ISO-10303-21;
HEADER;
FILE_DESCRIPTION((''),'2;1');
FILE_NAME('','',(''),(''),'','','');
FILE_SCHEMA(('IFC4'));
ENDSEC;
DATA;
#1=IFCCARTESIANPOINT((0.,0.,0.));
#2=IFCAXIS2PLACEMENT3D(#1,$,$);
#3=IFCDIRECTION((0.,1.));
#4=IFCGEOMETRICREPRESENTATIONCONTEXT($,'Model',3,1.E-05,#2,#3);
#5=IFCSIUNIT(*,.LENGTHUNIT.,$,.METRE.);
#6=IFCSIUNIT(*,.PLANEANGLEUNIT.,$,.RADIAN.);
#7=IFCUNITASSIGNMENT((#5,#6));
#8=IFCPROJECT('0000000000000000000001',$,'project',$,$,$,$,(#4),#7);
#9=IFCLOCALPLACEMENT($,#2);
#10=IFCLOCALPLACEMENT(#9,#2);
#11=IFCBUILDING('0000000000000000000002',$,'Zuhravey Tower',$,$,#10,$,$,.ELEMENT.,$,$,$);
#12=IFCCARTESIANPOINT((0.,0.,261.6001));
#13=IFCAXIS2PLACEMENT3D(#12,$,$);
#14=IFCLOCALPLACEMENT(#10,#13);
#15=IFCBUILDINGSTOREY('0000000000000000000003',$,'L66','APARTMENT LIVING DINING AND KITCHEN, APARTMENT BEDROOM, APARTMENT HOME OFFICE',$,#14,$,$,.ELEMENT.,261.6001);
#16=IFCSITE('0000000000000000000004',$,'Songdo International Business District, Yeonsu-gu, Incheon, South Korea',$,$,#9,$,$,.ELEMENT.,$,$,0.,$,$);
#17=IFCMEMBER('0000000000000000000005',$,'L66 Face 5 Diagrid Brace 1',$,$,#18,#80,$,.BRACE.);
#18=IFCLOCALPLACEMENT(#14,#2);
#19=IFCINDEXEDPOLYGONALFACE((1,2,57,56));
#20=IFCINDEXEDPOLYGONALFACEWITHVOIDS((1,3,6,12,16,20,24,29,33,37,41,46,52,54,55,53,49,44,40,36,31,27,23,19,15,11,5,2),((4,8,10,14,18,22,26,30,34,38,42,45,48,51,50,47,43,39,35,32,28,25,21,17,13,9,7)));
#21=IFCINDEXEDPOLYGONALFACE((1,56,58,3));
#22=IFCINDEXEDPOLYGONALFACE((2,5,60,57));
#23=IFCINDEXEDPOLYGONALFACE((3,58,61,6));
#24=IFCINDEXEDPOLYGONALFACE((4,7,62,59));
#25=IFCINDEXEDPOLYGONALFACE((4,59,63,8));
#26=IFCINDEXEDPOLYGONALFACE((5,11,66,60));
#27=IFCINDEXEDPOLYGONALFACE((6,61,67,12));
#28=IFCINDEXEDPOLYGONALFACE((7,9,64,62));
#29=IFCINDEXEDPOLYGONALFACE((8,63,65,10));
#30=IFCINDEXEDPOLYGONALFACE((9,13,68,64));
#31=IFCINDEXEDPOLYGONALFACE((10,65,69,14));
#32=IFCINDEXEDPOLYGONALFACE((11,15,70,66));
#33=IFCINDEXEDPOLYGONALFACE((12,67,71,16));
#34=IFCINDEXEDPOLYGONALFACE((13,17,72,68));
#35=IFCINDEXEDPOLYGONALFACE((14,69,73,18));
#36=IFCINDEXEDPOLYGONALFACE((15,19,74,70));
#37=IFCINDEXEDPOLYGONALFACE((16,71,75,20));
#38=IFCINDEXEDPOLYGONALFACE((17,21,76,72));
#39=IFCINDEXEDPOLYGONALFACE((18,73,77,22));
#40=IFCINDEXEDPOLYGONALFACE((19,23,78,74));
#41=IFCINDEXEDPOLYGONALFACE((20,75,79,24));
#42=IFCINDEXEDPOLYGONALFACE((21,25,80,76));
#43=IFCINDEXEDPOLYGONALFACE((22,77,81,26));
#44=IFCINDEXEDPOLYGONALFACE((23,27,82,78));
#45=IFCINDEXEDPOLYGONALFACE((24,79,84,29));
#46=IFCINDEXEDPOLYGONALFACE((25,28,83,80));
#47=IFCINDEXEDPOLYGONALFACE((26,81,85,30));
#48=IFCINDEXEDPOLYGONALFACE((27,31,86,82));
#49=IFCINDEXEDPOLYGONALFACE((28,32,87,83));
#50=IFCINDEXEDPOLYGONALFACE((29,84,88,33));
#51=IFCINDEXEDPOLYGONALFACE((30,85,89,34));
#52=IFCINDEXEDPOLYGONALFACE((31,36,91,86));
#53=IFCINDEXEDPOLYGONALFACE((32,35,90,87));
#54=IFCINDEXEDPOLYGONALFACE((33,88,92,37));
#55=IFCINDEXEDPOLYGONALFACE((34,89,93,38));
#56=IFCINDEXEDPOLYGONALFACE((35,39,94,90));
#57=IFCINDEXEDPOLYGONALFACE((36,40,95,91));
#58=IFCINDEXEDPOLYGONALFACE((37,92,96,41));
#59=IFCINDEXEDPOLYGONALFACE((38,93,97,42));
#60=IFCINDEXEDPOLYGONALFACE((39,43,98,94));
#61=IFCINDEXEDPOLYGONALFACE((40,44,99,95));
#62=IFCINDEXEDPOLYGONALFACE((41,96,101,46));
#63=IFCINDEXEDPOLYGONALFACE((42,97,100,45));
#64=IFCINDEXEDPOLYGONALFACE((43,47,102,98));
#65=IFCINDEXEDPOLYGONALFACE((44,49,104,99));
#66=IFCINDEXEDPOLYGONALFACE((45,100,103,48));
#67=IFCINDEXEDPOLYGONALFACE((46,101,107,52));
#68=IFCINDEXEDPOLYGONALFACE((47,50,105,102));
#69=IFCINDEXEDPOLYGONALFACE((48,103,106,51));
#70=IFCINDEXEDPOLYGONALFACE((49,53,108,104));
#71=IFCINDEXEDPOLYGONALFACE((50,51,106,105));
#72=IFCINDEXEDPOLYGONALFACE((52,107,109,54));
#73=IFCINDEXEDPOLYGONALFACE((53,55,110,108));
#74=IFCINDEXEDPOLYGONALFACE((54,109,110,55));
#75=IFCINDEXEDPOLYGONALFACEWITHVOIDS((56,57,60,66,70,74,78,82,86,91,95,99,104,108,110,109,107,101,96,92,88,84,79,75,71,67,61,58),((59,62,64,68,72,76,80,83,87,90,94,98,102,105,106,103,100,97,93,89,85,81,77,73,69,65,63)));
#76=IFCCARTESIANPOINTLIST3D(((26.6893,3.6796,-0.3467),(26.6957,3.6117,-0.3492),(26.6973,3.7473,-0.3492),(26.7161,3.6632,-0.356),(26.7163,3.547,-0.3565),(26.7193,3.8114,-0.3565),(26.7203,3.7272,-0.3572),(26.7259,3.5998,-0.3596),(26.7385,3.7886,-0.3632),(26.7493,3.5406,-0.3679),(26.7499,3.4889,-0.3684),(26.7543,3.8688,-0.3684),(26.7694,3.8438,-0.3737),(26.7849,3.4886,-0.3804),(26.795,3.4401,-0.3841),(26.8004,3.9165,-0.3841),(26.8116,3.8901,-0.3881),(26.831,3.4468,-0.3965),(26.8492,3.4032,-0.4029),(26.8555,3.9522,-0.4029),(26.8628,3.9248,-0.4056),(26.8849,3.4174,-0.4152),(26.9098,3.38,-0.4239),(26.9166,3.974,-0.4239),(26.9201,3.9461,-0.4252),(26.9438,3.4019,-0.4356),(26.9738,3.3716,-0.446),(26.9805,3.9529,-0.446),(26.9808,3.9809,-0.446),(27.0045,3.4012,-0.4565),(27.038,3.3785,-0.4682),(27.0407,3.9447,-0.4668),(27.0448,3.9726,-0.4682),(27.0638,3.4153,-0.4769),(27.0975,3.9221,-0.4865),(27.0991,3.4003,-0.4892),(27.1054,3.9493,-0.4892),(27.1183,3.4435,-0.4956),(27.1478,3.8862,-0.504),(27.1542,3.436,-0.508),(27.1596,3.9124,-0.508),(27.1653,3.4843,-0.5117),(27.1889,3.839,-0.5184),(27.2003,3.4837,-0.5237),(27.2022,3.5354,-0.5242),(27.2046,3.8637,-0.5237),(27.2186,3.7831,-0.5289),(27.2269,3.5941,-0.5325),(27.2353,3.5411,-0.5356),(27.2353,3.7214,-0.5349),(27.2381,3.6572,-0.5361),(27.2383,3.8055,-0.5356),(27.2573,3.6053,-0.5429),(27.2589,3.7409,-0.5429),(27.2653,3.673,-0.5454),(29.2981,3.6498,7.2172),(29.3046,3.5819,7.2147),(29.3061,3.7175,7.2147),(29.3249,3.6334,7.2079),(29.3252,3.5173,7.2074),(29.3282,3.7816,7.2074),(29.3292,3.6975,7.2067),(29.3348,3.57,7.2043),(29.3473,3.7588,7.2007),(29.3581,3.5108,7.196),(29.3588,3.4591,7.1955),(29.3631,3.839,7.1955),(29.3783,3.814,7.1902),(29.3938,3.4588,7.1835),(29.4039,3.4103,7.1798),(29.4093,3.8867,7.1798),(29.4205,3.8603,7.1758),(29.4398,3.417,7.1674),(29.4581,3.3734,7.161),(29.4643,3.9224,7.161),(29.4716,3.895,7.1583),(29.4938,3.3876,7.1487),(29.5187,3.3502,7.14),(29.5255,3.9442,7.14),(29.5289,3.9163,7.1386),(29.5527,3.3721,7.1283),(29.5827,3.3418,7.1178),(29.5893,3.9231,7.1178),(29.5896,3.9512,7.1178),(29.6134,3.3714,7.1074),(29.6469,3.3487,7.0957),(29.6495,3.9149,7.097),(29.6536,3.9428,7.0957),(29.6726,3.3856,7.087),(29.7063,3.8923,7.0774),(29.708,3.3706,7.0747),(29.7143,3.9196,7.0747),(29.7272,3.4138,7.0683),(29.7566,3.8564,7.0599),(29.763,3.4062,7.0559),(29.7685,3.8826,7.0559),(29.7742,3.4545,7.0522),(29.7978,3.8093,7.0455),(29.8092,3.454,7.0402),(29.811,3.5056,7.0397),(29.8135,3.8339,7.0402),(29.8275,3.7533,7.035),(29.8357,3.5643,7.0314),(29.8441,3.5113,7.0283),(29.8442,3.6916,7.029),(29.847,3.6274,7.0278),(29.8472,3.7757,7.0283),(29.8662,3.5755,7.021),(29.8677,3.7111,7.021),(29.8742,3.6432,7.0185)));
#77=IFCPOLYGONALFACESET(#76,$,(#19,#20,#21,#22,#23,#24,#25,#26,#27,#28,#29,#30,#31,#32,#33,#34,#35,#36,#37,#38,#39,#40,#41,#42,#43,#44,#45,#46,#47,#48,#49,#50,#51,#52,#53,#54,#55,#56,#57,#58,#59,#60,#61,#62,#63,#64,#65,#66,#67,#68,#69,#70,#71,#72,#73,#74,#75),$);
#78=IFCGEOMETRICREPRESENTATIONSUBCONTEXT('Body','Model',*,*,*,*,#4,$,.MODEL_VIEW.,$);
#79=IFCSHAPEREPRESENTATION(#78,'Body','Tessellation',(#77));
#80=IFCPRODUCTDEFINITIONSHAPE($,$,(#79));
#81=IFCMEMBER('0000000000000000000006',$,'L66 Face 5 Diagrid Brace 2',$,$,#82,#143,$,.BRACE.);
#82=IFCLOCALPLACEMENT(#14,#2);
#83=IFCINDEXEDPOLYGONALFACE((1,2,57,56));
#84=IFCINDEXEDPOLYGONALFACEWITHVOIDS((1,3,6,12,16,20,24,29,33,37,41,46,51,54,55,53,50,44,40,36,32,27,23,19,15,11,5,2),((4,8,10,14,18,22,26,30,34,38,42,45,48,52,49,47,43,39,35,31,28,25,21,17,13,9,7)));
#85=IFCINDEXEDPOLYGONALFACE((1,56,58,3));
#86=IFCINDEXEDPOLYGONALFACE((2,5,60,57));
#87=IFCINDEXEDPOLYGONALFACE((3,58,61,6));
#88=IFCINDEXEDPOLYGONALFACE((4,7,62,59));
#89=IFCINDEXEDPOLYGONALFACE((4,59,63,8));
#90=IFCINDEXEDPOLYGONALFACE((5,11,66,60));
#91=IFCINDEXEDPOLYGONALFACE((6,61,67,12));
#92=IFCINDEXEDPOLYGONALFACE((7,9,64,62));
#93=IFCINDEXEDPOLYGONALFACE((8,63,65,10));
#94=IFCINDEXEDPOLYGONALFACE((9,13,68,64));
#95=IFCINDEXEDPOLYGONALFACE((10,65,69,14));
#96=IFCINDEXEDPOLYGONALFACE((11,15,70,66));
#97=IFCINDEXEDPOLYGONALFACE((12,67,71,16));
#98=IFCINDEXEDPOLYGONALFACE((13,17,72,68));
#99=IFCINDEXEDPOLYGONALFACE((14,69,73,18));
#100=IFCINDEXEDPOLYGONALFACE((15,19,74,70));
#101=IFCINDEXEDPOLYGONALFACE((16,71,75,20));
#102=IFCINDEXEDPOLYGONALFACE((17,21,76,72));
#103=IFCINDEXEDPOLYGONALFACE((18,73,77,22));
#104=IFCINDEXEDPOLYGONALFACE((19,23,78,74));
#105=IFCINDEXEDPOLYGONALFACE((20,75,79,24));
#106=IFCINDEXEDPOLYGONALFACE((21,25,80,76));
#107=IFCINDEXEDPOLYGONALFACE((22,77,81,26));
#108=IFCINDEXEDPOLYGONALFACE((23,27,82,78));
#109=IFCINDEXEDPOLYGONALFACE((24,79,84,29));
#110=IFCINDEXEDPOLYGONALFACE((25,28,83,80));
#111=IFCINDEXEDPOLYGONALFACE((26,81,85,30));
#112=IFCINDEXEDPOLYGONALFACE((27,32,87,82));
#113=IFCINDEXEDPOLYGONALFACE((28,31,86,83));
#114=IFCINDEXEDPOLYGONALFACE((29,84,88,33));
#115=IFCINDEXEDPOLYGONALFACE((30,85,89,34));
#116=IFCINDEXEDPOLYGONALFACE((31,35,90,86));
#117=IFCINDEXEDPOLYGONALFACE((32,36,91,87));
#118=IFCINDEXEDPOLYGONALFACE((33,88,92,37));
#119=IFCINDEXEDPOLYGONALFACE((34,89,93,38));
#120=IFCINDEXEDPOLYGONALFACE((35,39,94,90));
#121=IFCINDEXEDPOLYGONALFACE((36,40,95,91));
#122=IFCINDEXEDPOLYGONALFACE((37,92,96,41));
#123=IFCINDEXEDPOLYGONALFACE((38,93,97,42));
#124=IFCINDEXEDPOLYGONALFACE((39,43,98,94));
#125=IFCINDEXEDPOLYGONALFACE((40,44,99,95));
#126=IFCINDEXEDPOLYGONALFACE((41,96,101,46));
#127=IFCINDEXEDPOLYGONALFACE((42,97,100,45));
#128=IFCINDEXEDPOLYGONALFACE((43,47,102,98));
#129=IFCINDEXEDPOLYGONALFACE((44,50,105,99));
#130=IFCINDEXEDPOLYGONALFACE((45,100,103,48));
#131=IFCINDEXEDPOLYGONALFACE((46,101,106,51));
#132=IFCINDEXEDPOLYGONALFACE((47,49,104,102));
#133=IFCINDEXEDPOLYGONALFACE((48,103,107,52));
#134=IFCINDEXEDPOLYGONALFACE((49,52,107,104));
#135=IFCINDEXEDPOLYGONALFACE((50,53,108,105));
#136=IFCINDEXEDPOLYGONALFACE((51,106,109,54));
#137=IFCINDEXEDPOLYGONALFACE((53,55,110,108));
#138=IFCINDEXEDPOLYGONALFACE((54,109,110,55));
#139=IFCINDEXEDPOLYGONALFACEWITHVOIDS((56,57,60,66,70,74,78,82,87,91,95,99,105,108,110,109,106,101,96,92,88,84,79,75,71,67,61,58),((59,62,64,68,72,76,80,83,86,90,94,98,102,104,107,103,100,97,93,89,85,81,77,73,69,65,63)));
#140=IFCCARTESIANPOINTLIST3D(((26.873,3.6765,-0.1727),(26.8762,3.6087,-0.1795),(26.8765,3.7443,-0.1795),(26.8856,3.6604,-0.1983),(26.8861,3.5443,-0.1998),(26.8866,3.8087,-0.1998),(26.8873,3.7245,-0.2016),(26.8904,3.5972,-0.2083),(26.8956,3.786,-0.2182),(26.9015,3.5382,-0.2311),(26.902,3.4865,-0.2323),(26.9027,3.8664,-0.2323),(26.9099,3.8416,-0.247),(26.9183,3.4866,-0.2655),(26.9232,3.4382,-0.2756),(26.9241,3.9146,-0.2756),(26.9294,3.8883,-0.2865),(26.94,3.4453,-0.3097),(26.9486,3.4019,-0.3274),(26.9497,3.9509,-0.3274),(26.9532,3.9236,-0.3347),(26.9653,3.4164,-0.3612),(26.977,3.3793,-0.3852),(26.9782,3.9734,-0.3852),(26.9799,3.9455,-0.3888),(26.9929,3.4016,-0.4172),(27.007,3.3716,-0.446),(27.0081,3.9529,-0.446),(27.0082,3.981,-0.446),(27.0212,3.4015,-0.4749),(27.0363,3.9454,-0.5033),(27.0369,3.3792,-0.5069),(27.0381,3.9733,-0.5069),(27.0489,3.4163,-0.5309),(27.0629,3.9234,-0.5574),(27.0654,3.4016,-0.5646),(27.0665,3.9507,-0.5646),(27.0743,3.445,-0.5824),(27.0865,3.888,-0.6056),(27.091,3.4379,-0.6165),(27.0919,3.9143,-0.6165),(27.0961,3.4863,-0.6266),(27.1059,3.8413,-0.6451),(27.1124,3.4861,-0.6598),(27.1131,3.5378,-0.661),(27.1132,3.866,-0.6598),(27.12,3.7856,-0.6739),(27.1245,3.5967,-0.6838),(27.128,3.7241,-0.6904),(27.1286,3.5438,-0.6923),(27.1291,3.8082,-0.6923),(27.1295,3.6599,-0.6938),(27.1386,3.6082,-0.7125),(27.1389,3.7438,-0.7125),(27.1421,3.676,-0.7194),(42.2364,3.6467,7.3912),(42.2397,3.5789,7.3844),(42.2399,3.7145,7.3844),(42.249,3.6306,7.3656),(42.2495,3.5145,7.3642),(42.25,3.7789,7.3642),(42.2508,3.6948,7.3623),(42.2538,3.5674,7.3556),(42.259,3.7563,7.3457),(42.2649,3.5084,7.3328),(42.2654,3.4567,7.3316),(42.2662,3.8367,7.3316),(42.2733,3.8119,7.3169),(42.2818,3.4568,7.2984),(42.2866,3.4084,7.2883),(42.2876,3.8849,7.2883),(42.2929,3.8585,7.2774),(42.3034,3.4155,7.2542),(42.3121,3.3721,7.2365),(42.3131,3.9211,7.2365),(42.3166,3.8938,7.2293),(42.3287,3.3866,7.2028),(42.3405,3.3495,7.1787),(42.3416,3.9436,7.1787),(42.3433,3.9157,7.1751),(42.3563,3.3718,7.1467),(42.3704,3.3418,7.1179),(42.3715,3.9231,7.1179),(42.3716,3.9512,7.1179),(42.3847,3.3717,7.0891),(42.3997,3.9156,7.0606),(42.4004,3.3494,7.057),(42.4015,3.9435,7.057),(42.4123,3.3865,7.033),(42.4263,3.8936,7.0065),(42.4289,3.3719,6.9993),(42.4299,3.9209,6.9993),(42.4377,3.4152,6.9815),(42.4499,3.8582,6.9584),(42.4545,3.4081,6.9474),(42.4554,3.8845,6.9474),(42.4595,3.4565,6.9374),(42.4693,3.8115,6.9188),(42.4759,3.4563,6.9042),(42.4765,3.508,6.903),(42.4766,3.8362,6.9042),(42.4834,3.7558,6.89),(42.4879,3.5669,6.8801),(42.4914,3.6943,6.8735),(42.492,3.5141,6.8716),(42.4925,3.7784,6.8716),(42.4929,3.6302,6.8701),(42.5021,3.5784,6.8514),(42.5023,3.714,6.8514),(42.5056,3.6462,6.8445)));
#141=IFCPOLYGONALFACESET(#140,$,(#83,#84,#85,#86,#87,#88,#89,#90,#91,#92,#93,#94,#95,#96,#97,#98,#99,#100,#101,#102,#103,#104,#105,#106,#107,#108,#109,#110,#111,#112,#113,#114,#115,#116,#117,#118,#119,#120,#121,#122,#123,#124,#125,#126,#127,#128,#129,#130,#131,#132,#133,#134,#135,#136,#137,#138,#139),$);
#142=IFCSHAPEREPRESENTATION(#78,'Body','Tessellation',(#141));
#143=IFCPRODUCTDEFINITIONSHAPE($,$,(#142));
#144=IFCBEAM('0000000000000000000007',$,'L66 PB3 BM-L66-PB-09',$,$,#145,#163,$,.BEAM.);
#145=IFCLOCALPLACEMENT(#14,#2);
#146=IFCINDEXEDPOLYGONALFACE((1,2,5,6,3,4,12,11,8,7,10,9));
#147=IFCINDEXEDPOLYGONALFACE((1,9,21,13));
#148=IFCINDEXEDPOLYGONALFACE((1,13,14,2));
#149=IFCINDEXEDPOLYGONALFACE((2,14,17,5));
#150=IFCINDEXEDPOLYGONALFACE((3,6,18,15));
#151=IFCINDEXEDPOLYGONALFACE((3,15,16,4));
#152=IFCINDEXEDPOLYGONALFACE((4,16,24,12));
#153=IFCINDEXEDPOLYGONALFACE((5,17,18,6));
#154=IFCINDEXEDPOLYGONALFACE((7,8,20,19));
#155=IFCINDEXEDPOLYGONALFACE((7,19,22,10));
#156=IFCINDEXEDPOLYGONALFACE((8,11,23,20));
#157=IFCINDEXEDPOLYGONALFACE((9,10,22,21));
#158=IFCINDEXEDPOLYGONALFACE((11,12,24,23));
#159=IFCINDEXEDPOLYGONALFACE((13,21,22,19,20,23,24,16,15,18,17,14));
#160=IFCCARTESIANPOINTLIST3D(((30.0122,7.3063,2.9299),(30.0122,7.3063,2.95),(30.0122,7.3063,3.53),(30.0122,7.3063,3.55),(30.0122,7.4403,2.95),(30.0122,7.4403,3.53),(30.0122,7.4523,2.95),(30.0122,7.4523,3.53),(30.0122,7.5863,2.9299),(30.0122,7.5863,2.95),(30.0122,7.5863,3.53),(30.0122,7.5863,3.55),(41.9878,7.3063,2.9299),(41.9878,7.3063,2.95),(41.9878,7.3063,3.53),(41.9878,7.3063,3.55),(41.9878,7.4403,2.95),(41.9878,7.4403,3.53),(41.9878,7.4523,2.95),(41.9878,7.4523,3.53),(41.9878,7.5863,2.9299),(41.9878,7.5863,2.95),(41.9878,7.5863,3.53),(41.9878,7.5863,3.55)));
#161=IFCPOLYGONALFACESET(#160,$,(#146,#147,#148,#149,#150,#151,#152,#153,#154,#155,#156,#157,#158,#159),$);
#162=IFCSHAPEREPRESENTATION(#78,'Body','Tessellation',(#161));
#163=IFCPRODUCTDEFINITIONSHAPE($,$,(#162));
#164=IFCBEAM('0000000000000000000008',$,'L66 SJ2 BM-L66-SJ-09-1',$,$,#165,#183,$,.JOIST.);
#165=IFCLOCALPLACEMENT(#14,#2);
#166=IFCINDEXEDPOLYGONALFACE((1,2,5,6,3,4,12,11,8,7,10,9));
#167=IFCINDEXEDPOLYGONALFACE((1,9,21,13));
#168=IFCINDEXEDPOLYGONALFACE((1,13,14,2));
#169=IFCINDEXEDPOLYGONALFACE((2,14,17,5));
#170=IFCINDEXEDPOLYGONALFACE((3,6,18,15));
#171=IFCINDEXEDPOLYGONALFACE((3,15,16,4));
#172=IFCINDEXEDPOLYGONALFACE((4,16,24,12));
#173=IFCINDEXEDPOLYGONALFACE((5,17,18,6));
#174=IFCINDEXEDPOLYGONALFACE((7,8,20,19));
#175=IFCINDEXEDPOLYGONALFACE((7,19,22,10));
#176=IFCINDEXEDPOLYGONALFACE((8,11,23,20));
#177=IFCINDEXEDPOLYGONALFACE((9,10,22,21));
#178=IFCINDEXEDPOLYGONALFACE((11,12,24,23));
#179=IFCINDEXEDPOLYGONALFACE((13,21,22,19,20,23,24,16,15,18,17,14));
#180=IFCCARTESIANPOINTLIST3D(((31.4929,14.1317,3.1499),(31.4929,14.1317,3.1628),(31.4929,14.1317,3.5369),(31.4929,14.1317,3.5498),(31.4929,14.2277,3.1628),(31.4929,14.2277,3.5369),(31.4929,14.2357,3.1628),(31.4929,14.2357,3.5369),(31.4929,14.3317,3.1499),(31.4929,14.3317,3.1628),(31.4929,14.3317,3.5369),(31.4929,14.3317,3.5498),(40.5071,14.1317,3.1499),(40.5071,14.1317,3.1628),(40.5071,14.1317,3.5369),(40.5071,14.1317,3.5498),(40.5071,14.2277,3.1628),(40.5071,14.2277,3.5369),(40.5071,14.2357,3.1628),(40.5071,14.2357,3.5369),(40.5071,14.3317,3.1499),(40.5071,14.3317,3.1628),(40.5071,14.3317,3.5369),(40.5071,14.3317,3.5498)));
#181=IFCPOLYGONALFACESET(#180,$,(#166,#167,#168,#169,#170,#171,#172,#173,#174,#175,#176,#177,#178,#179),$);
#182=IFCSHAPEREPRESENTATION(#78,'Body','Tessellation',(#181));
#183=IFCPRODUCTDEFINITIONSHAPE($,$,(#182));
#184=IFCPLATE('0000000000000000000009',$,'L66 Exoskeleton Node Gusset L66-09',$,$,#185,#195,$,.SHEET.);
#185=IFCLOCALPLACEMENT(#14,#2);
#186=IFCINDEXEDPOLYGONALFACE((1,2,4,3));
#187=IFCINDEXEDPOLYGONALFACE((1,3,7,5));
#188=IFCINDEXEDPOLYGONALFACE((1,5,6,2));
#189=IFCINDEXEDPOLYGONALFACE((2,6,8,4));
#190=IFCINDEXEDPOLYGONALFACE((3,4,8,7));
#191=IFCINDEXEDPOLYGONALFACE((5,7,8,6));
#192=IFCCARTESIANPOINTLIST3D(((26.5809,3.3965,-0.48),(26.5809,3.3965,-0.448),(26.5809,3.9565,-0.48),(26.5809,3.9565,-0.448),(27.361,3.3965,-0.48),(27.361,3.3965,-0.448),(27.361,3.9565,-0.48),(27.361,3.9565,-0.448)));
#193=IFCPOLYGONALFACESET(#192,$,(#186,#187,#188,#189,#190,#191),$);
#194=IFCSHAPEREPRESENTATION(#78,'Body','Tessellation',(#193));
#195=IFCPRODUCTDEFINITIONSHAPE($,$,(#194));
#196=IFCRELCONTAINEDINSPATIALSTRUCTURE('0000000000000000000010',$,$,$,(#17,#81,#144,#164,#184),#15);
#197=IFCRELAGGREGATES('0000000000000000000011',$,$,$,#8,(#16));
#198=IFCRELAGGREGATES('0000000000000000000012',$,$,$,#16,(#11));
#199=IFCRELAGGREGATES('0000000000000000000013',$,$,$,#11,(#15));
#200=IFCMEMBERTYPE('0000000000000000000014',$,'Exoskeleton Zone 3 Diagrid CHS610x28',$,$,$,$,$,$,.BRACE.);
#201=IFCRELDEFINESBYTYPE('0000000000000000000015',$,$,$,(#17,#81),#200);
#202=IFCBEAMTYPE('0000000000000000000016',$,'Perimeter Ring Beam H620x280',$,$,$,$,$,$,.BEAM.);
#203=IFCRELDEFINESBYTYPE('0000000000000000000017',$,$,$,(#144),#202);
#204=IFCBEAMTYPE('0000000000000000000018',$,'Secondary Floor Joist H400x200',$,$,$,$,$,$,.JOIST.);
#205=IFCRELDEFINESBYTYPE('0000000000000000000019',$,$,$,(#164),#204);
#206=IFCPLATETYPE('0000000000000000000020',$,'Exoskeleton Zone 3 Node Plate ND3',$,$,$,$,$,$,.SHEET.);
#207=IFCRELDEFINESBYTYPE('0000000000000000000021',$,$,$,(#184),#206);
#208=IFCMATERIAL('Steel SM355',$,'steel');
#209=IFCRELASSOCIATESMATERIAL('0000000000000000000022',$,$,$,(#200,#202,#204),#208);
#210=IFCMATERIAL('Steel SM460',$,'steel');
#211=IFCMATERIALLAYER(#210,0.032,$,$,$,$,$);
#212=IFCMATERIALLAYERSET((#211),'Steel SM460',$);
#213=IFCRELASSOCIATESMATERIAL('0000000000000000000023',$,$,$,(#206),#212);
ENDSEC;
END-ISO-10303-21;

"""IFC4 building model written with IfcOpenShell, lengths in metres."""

from ifc_helpers import new_model, si_unit, direction, frame, origin, origin_2d, place, context, subcontext, project, spatial, rectangle, hollow_circle, i_section, extrude, material, layer, layer_set, material_profile, profile_set, type_object, element, save


model = new_model("IFC4")

# Units and contexts
model_context = context("Model", 3, precision=1e-05, world=origin(), true_north=direction((0.0, 1.0)))
body_context = subcontext(model_context, "Body", "Model", "MODEL_VIEW")
ifc_project = project(units=[si_unit("LENGTHUNIT", "METRE"), si_unit("PLANEANGLEUNIT", "RADIAN")], contexts=[model_context])

# Site, building, storey
site_placement = place(None, origin())
site = spatial("IfcSite", under=ifc_project, at=site_placement, Name="Songdo International Business District, Yeonsu-gu, Incheon, South Korea", CompositionType="ELEMENT", RefElevation=0.0)
building_placement = place(site_placement, origin())
building = spatial("IfcBuilding", under=site, at=building_placement, Name="Zuhravey Tower", CompositionType="ELEMENT")
storey_placement = place(building_placement, frame((0.0, 0.0, 261.6001)))
storey = spatial("IfcBuildingStorey", under=building, at=storey_placement, Name="L66", Description="APARTMENT LIVING DINING AND KITCHEN, APARTMENT BEDROOM, APARTMENT HOME OFFICE", CompositionType="ELEMENT", Elevation=261.6001)

# Members
ifc_material_1 = material(Name="Steel SM355", Category="steel")
ifc_material_profile_1 = material_profile(ifc_material_1, hollow_circle(Radius=0.3047, WallThickness=0.0281, at=origin_2d()), Name="CHS-609.6x28")
ifc_profile_set_1 = profile_set([ifc_material_profile_1], Name="Steel SM355")
member_type_1 = type_object("IfcMemberType", Name="Exoskeleton Zone 3 Diagrid CHS610x28", PredefinedType="BRACE", material=ifc_profile_set_1)
member_1_placement = place(storey_placement, frame((26.9773, 3.6763, -0.446), z_axis=(0.326058, -0.003723, 0.945342), x_axis=(0.011416, 0.999935, 0.0)))
element("IfcMember", 1, at=member_1_placement, inside=storey, type_object=member_type_1, Name="L66 Face 5 Diagrid Brace 1", PredefinedType="BRACE", context=body_context, shape_type="SweptSolid", body=[
    extrude(hollow_circle(Radius=0.3047, WallThickness=0.0281, at=origin_2d()), origin(), (0.0, 0.0, 1.0), 8.0012),
])
member_2_placement = place(storey_placement, frame((27.0076, 3.6763, -0.446), z_axis=(0.89716, -0.001739, 0.441701), x_axis=(0.001939, 0.999998, 0.0)))
element("IfcMember", 2, at=member_2_placement, inside=storey, type_object=member_type_1, Name="L66 Face 5 Diagrid Brace 2", PredefinedType="BRACE", context=body_context, shape_type="SweptSolid", body=[
    extrude(hollow_circle(Radius=0.3047, WallThickness=0.0281, at=origin_2d()), origin(), (0.0, 0.0, 1.0), 17.1245),
])

# Beams
ifc_material_profile_2 = material_profile(ifc_material_1, i_section(OverallWidth=0.28, OverallDepth=0.6201, WebThickness=0.012, FlangeThickness=0.02, at=origin_2d()), Name="H-620x280x12x20")
ifc_profile_set_2 = profile_set([ifc_material_profile_2], Name="Steel SM355")
beam_type_1 = type_object("IfcBeamType", Name="Perimeter Ring Beam H620x280", PredefinedType="BEAM", material=ifc_profile_set_2)
beam_1_placement = place(storey_placement, frame((30.0122, 7.4463, 3.24), z_axis=(1.0, 0.0, 0.0), x_axis=(0.0, 1.0, 0.0)))
element("IfcBeam", 3, at=beam_1_placement, inside=storey, type_object=beam_type_1, Name="L66 PB3 BM-L66-PB-09", PredefinedType="BEAM", context=body_context, shape_type="SweptSolid", body=[
    extrude(i_section(OverallWidth=0.28, OverallDepth=0.6201, WebThickness=0.012, FlangeThickness=0.02, at=origin_2d()), origin(), (0.0, 0.0, 1.0), 11.9756),
])
ifc_material_profile_3 = material_profile(ifc_material_1, i_section(OverallWidth=0.2, OverallDepth=0.3999, WebThickness=0.0081, FlangeThickness=0.0129, at=origin_2d()), Name="H-400x200x8x13")
ifc_profile_set_3 = profile_set([ifc_material_profile_3], Name="Steel SM355")
beam_type_2 = type_object("IfcBeamType", Name="Secondary Floor Joist H400x200", PredefinedType="JOIST", material=ifc_profile_set_3)
beam_2_placement = place(storey_placement, frame((31.4929, 14.2317, 3.3499), z_axis=(1.0, 0.0, 0.0), x_axis=(0.0, 1.0, 0.0)))
element("IfcBeam", 4, at=beam_2_placement, inside=storey, type_object=beam_type_2, Name="L66 SJ2 BM-L66-SJ-09-1", PredefinedType="JOIST", context=body_context, shape_type="SweptSolid", body=[
    extrude(i_section(OverallWidth=0.2, OverallDepth=0.3999, WebThickness=0.0081, FlangeThickness=0.0129, at=origin_2d()), origin(), (0.0, 0.0, 1.0), 9.0142),
])

# Plate
ifc_material_2 = material(Name="Steel SM460", Category="steel")
ifc_layer_1 = layer(ifc_material_2, 0.032)
ifc_layer_set_1 = layer_set([ifc_layer_1], Name="Steel SM460")
plate_type_1 = type_object("IfcPlateType", Name="Exoskeleton Zone 3 Node Plate ND3", PredefinedType="SHEET", material=ifc_layer_set_1)
plate_1_placement = place(storey_placement, frame((26.9709, 3.6765, -0.48), z_axis=(0.0, 0.0, 1.0), x_axis=(1.0, 0.0, 0.0)))
element("IfcPlate", 5, at=plate_1_placement, inside=storey, type_object=plate_type_1, Name="L66 Exoskeleton Node Gusset L66-09", PredefinedType="SHEET", context=body_context, shape_type="SweptSolid", body=[
    extrude(rectangle(XDim=0.78, YDim=0.5601, at=origin_2d()), origin(), (0.0, 0.0, 1.0), 0.032),
])

save(model, "model.ifc")
